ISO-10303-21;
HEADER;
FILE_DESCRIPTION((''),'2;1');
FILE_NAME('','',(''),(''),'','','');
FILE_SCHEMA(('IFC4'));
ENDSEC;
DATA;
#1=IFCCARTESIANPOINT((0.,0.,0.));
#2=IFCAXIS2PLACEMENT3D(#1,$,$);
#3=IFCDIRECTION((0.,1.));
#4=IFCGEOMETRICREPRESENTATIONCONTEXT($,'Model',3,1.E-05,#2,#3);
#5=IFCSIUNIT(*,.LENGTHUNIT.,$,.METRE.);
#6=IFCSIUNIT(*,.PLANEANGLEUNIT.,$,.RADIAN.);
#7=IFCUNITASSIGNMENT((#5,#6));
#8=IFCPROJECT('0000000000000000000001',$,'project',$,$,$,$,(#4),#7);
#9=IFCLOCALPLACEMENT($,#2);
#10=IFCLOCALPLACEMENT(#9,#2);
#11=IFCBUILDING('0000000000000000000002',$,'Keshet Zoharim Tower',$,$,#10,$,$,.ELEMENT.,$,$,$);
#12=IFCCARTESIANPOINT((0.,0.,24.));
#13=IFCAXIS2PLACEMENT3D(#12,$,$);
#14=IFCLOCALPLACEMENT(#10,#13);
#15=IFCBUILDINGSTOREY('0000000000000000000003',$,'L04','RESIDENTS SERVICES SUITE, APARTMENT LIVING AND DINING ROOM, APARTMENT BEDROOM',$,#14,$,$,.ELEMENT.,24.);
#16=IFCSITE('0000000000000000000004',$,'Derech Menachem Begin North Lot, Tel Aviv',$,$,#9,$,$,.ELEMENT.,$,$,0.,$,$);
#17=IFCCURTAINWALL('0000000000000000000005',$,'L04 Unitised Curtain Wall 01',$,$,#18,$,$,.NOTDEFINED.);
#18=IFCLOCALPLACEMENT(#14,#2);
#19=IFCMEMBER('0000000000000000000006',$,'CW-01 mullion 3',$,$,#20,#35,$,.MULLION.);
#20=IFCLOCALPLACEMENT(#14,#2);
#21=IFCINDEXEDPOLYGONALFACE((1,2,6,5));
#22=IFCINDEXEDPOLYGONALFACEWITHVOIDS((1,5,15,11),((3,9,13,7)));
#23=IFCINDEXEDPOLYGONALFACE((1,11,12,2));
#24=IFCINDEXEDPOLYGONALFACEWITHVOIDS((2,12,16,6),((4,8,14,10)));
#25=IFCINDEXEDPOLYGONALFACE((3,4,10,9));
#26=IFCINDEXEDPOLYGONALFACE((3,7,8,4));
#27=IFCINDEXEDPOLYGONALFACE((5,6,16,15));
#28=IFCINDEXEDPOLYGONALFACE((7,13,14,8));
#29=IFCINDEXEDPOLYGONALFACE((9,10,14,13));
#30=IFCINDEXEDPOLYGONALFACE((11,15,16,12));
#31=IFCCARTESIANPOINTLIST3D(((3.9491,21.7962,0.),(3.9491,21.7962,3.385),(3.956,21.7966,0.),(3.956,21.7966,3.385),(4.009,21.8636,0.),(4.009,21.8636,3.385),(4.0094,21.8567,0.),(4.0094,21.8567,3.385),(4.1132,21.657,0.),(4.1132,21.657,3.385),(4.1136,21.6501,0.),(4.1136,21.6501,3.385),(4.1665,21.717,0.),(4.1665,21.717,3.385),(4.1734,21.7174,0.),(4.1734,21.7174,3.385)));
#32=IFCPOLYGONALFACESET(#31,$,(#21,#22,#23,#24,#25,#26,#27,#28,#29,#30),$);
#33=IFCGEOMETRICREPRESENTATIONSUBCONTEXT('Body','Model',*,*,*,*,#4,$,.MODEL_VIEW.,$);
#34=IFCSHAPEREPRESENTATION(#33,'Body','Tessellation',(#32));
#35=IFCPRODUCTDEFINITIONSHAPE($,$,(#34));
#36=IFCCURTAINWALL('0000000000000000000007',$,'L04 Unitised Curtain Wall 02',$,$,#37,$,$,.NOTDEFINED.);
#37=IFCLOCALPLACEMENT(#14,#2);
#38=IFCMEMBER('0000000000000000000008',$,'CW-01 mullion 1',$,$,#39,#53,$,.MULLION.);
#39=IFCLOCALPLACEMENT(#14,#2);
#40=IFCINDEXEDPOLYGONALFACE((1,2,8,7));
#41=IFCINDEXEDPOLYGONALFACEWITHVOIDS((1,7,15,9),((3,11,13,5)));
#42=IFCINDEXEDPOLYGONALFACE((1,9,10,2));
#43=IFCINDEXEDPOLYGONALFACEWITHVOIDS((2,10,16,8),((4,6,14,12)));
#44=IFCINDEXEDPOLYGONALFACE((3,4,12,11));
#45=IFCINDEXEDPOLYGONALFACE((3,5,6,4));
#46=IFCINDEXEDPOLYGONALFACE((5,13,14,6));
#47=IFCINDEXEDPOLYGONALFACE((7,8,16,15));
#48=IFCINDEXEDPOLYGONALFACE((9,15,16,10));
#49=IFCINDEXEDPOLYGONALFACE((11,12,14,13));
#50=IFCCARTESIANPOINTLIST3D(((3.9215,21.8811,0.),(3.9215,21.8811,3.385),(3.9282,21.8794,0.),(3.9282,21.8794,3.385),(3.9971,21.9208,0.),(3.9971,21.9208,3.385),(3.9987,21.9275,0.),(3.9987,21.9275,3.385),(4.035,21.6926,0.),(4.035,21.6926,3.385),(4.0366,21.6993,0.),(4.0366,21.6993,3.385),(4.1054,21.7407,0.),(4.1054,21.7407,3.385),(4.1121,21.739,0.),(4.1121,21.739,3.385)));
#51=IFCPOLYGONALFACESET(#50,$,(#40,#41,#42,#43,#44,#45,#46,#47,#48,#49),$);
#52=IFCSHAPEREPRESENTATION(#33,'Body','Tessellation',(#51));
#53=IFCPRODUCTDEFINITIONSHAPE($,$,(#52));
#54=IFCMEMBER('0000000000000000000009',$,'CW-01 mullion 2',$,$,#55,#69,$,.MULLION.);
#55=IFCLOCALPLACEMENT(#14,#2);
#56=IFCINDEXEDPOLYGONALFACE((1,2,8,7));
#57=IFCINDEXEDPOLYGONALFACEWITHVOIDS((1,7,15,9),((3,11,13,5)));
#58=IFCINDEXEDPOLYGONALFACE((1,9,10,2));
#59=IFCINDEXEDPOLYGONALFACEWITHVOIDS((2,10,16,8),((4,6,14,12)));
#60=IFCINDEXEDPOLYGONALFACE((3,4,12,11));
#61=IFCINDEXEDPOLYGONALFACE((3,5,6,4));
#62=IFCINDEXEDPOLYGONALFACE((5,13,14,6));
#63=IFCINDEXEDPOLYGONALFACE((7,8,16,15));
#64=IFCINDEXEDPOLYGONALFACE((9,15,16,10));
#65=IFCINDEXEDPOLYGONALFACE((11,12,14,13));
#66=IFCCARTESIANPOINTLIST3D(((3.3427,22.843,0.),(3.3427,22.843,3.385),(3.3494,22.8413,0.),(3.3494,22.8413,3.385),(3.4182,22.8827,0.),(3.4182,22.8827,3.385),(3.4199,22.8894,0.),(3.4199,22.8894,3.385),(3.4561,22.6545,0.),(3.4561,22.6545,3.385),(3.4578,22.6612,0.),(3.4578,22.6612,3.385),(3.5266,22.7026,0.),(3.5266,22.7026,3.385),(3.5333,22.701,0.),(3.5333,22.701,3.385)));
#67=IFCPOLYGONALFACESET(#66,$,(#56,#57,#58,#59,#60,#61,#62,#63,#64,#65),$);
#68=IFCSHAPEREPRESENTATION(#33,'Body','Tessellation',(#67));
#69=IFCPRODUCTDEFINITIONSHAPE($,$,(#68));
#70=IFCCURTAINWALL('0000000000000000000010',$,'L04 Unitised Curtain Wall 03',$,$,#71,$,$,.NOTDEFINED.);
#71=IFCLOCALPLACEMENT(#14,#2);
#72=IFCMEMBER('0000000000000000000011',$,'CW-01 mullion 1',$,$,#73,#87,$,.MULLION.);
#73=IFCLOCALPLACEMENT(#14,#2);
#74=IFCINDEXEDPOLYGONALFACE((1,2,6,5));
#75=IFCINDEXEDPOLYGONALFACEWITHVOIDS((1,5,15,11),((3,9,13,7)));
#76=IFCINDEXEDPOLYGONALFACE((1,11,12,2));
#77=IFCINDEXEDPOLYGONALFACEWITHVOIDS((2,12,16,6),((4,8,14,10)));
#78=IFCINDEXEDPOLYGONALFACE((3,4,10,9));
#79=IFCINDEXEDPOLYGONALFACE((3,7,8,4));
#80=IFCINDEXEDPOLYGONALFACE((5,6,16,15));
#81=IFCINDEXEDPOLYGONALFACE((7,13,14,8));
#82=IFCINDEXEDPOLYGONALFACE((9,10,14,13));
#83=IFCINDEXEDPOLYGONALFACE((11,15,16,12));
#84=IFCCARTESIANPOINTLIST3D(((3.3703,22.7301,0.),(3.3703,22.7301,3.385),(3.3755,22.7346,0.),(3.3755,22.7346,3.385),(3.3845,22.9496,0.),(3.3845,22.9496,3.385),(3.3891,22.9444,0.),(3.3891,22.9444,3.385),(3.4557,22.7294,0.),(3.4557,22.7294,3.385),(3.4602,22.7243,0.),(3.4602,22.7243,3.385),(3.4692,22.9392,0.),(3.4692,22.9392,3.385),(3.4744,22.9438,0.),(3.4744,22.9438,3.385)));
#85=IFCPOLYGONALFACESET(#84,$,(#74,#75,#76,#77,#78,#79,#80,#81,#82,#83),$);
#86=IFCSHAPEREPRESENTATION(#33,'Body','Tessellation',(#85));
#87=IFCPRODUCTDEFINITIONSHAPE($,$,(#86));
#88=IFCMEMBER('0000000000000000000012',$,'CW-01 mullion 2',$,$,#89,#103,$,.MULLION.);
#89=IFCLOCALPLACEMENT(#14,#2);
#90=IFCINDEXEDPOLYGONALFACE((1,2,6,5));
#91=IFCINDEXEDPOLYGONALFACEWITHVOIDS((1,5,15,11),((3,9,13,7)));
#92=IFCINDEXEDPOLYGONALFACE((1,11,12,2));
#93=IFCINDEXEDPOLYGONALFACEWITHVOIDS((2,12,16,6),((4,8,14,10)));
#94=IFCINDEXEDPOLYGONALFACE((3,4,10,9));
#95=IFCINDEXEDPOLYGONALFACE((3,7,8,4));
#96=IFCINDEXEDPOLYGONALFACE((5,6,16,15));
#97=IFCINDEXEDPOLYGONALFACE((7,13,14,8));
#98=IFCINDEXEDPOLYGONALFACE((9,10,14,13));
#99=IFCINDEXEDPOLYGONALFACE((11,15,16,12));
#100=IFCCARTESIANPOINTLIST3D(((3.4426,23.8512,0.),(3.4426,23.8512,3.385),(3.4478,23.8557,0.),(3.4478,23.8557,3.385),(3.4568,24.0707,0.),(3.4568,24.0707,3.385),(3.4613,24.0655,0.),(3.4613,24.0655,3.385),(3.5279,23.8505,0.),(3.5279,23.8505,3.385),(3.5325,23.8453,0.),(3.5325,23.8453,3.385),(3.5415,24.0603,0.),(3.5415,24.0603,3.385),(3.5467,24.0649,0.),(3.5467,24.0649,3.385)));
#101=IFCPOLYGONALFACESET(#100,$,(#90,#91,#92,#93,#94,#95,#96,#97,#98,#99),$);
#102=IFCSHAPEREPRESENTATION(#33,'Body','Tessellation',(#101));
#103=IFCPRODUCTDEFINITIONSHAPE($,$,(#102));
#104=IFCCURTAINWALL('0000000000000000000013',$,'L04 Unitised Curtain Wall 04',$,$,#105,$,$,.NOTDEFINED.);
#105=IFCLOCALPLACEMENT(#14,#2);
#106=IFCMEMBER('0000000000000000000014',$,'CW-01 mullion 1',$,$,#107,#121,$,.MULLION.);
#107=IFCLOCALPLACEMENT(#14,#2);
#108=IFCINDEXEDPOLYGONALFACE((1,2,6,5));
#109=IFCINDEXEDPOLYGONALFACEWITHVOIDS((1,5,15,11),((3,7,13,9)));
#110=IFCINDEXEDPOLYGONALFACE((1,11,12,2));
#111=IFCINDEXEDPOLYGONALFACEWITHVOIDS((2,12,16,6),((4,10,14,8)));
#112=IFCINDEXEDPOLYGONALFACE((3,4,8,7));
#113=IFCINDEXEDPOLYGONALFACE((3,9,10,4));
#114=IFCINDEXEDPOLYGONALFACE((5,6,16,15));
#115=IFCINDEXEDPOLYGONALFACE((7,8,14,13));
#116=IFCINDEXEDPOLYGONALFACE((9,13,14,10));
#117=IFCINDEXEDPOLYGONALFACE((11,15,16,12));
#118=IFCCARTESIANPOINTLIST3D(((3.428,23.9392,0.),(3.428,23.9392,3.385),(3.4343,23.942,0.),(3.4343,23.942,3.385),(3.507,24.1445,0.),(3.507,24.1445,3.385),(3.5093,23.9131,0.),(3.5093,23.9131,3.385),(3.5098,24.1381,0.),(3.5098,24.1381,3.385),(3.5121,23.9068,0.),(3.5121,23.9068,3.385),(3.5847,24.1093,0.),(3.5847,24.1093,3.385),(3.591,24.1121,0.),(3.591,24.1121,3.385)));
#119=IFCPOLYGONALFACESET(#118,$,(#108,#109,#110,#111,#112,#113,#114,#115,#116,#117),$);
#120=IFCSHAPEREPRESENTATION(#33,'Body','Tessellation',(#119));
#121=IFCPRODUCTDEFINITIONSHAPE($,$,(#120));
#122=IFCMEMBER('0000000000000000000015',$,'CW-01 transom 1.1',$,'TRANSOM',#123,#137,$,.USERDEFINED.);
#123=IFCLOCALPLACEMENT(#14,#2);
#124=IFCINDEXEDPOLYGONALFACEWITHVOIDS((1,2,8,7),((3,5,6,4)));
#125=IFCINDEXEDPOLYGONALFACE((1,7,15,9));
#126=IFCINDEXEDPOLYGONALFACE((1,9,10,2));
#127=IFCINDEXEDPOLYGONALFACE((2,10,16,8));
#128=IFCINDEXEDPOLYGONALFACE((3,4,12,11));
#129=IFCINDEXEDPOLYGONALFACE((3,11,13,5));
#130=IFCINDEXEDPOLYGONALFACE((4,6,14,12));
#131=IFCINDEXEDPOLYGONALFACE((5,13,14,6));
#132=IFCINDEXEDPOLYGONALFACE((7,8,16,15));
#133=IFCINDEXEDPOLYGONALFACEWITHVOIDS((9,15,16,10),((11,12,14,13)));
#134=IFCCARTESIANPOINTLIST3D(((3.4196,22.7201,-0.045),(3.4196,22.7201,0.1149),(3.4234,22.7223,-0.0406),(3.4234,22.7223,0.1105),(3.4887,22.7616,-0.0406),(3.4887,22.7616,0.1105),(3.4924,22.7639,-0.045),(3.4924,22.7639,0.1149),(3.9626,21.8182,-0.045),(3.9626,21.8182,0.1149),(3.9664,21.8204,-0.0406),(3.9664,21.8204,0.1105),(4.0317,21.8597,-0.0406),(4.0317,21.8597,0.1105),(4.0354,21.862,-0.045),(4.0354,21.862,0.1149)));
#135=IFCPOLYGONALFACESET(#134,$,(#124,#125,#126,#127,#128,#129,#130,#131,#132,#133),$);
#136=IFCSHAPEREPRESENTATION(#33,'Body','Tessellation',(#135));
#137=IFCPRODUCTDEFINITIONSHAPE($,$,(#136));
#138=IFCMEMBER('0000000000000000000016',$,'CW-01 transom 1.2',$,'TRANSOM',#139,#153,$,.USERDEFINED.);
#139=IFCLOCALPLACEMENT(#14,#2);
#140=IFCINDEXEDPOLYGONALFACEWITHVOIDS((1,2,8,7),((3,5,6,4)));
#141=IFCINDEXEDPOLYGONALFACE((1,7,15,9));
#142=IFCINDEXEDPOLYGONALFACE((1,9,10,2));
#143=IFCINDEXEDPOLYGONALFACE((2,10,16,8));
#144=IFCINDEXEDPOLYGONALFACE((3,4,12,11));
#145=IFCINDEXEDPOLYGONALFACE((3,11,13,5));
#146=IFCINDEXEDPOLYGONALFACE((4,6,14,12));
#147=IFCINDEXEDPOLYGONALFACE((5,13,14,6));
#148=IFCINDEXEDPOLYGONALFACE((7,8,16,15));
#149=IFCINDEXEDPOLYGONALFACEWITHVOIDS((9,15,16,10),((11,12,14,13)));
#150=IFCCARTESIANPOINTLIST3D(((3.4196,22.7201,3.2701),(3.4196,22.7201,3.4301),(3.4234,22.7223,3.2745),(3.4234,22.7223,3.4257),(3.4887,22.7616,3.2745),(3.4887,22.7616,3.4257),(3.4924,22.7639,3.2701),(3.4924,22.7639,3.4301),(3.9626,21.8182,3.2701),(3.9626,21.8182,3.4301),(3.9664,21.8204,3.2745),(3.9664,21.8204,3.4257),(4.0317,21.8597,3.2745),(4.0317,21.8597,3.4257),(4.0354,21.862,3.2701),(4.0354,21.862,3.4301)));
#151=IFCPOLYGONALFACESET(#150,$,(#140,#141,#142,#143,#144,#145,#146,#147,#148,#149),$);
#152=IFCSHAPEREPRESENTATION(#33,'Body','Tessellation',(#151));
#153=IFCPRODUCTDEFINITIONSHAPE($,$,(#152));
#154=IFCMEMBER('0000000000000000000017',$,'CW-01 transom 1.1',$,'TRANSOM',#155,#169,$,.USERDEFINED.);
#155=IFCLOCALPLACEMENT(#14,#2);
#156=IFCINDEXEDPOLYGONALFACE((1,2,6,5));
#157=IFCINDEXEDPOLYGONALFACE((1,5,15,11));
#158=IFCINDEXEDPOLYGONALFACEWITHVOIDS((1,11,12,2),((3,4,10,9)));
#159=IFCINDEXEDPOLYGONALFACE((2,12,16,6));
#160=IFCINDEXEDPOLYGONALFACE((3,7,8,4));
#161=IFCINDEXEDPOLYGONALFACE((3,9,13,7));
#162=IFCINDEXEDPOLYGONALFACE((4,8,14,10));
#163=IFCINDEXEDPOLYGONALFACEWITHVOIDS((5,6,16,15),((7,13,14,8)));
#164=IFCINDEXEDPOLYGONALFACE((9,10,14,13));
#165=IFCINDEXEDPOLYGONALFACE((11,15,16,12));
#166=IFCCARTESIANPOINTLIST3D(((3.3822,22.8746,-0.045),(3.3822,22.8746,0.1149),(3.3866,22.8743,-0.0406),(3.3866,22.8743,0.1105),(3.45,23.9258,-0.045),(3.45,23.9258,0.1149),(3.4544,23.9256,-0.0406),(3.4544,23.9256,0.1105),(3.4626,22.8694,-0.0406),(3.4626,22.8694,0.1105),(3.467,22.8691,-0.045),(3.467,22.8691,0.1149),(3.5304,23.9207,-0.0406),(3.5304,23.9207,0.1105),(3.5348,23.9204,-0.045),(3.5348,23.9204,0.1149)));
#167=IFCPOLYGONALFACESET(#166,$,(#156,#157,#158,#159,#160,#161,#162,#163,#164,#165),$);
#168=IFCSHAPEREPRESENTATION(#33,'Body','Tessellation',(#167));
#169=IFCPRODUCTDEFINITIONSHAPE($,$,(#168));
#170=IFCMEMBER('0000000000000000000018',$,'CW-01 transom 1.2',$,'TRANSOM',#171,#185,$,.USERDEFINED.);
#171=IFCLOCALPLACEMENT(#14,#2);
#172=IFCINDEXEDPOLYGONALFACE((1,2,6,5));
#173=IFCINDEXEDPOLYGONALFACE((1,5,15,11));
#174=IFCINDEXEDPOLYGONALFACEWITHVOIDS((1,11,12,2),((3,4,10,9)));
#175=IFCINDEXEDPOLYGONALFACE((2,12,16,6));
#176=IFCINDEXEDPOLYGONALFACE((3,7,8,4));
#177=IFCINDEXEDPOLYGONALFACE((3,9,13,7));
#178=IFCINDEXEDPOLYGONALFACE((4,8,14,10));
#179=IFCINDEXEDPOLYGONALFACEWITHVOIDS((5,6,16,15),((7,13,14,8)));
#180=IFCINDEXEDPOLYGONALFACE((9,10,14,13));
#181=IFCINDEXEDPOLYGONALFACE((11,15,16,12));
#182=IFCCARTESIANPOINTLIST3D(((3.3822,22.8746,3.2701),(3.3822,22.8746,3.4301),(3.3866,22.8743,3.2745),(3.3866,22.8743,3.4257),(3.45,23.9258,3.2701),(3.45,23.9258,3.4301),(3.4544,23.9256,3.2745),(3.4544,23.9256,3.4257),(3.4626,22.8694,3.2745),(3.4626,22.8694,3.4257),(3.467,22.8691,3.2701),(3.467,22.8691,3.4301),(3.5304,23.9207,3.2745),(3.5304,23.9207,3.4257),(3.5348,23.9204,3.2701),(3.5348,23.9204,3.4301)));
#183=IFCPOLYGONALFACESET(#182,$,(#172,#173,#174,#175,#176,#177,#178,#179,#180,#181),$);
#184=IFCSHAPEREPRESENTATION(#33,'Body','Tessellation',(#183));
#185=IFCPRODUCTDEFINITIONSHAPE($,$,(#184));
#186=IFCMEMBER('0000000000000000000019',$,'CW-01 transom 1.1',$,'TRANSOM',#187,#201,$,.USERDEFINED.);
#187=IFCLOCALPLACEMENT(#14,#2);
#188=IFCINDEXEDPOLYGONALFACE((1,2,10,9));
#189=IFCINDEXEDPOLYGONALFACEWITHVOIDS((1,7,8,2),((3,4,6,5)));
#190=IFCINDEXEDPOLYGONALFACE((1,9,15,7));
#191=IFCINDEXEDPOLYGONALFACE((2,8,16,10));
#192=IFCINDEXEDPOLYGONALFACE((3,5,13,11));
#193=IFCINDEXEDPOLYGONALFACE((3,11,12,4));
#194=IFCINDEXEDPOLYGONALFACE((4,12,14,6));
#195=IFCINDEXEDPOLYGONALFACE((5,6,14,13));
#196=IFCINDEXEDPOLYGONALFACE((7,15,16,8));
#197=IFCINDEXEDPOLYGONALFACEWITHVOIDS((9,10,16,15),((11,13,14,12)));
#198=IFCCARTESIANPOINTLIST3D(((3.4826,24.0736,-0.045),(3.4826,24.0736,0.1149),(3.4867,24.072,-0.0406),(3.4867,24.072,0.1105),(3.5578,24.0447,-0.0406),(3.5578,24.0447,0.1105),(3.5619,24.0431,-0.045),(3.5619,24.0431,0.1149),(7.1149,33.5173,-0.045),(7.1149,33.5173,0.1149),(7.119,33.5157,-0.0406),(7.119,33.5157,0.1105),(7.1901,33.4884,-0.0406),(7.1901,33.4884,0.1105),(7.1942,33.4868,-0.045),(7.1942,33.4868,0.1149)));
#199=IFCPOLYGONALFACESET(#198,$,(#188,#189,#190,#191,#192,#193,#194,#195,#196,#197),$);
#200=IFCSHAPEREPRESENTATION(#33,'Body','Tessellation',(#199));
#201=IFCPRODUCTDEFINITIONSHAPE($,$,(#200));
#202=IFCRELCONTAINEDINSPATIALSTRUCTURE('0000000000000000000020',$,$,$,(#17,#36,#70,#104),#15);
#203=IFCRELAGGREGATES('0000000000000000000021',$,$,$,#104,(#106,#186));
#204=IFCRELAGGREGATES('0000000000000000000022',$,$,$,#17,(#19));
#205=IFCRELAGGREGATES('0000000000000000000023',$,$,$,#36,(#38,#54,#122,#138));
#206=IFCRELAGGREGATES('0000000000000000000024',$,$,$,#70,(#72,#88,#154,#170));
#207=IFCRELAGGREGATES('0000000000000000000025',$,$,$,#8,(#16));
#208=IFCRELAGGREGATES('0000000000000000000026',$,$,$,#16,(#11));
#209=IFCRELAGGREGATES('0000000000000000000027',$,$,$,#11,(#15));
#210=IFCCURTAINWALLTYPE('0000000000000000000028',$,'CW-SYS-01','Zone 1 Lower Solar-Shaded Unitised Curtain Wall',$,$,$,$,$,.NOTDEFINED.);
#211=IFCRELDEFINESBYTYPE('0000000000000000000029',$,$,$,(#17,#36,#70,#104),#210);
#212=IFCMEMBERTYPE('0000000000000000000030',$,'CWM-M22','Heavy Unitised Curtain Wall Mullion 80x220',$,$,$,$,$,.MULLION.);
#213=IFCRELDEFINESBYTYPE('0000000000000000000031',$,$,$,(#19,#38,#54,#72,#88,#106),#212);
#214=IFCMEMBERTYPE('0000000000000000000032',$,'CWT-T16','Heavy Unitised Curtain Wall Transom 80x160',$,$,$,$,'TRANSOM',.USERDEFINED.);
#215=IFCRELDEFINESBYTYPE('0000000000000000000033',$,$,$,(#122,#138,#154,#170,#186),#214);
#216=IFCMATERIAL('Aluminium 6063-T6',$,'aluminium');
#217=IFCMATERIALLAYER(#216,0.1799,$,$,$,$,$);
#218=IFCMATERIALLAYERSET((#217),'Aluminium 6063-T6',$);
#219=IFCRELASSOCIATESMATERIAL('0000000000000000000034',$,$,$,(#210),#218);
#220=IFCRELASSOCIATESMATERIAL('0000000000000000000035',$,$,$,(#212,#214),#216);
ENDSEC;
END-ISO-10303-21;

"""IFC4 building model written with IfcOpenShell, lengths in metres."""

from ifc_helpers import new_model, si_unit, direction, frame, origin, origin_2d, place, context, subcontext, project, spatial, hollow_rectangle, extrude, material, layer, layer_set, material_profile, profile_set, type_object, element, aggregate, save


model = new_model("IFC4")

# Units and contexts
model_context = context("Model", 3, precision=1e-05, world=origin(), true_north=direction((0.0, 1.0)))
body_context = subcontext(model_context, "Body", "Model", "MODEL_VIEW")
ifc_project = project(units=[si_unit("LENGTHUNIT", "METRE"), si_unit("PLANEANGLEUNIT", "RADIAN")], contexts=[model_context])

# Site, building, storey
site_placement = place(None, origin())
site = spatial("IfcSite", under=ifc_project, at=site_placement, Name="Derech Menachem Begin North Lot, Tel Aviv", CompositionType="ELEMENT", RefElevation=0.0)
building_placement = place(site_placement, origin())
building = spatial("IfcBuilding", under=site, at=building_placement, Name="Keshet Zoharim Tower", CompositionType="ELEMENT")
storey_placement = place(building_placement, frame((0.0, 0.0, 24.0)))
storey = spatial("IfcBuildingStorey", under=building, at=storey_placement, Name="L04", Description="RESIDENTS SERVICES SUITE, APARTMENT LIVING AND DINING ROOM, APARTMENT BEDROOM", CompositionType="ELEMENT", Elevation=24.0)

# Curtain wall, member
ifc_material_1 = material(Name="Aluminium 6063-T6", Category="aluminium")
ifc_layer_1 = layer(ifc_material_1, 0.1799)
ifc_layer_set_1 = layer_set([ifc_layer_1], Name="Aluminium 6063-T6")
curtain_wall_type = type_object("IfcCurtainWallType", Name="CW-SYS-01", Description="Zone 1 Lower Solar-Shaded Unitised Curtain Wall", PredefinedType="NOTDEFINED", material=ifc_layer_set_1)
curtain_wall_1_placement = place(storey_placement, origin())
curtain_wall_1 = element("IfcCurtainWall", 1, at=curtain_wall_1_placement, inside=storey, type_object=curtain_wall_type, Name="L04 Unitised Curtain Wall 01", PredefinedType="NOTDEFINED")
ifc_material_profile_1 = material_profile(ifc_material_1, hollow_rectangle(XDim=0.0901, YDim=0.22, WallThickness=0.0049, at=origin_2d()), Name="MUL-90x220")
ifc_profile_set_1 = profile_set([ifc_material_profile_1], Name="Aluminium 6063-T6")
member_type_1 = type_object("IfcMemberType", Name="CWM-M22", Description="Heavy Unitised Curtain Wall Mullion 80x220", PredefinedType="MULLION", material=ifc_profile_set_1)
member_1_placement = place(storey_placement, frame((4.0613, 21.7568, 0.0), z_axis=(0.0, 0.0, 1.0), x_axis=(-0.664364, -0.747409, 0.0)))
member_1 = element("IfcMember", 2, at=member_1_placement, type_object=member_type_1, Name="CW-01 mullion 3", PredefinedType="MULLION", context=body_context, shape_type="SweptSolid", body=[
    extrude(hollow_rectangle(XDim=0.0901, YDim=0.22, WallThickness=0.0049, at=origin_2d()), origin(), (0.0, 0.0, 1.0), 3.385),
])

# Curtain walls, members
curtain_wall_2_placement = place(storey_placement, origin())
curtain_wall_2 = element("IfcCurtainWall", 3, at=curtain_wall_2_placement, inside=storey, type_object=curtain_wall_type, Name="L04 Unitised Curtain Wall 02", PredefinedType="NOTDEFINED")
member_2_placement = place(storey_placement, frame((4.0168, 21.8101, 0.0), z_axis=(0.0, 0.0, 1.0), x_axis=(-0.856826, -0.515605, 0.0)))
member_2 = element("IfcMember", 4, at=member_2_placement, type_object=member_type_1, Name="CW-01 mullion 1", PredefinedType="MULLION", context=body_context, shape_type="SweptSolid", body=[
    extrude(hollow_rectangle(XDim=0.0901, YDim=0.22, WallThickness=0.0049, at=origin_2d()), origin(), (0.0, 0.0, 1.0), 3.385),
])
member_3_placement = place(storey_placement, frame((3.438, 22.772, 0.0), z_axis=(0.0, 0.0, 1.0), x_axis=(-0.856826, -0.515605, 0.0)))
member_3 = element("IfcMember", 5, at=member_3_placement, type_object=member_type_1, Name="CW-01 mullion 2", PredefinedType="MULLION", context=body_context, shape_type="SweptSolid", body=[
    extrude(hollow_rectangle(XDim=0.0901, YDim=0.22, WallThickness=0.0049, at=origin_2d()), origin(), (0.0, 0.0, 1.0), 3.385),
])
curtain_wall_3_placement = place(storey_placement, origin())
curtain_wall_3 = element("IfcCurtainWall", 6, at=curtain_wall_3_placement, inside=storey, type_object=curtain_wall_type, Name="L04 Unitised Curtain Wall 03", PredefinedType="NOTDEFINED")
member_4_placement = place(storey_placement, frame((3.4224, 22.8369, 0.0), z_axis=(0.0, 0.0, 1.0), x_axis=(-0.997917, 0.064517, 0.0)))
member_4 = element("IfcMember", 7, at=member_4_placement, type_object=member_type_1, Name="CW-01 mullion 1", PredefinedType="MULLION", context=body_context, shape_type="SweptSolid", body=[
    extrude(hollow_rectangle(XDim=0.0901, YDim=0.22, WallThickness=0.0049, at=origin_2d()), origin(), (0.0, 0.0, 1.0), 3.385),
])
member_5_placement = place(storey_placement, frame((3.4946, 23.958, 0.0), z_axis=(0.0, 0.0, 1.0), x_axis=(-0.997917, 0.064517, 0.0)))
member_5 = element("IfcMember", 8, at=member_5_placement, type_object=member_type_1, Name="CW-01 mullion 2", PredefinedType="MULLION", context=body_context, shape_type="SweptSolid", body=[
    extrude(hollow_rectangle(XDim=0.0901, YDim=0.22, WallThickness=0.0049, at=origin_2d()), origin(), (0.0, 0.0, 1.0), 3.385),
])

# Curtain wall, member
curtain_wall_4_placement = place(storey_placement, origin())
curtain_wall_4 = element("IfcCurtainWall", 9, at=curtain_wall_4_placement, inside=storey, type_object=curtain_wall_type, Name="L04 Unitised Curtain Wall 04", PredefinedType="NOTDEFINED")
member_6_placement = place(storey_placement, frame((3.5095, 24.0256, 0.0), z_axis=(0.0, 0.0, 1.0), x_axis=(-0.933341, 0.35899, 0.0)))
member_6 = element("IfcMember", 10, at=member_6_placement, type_object=member_type_1, Name="CW-01 mullion 1", PredefinedType="MULLION", context=body_context, shape_type="SweptSolid", body=[
    extrude(hollow_rectangle(XDim=0.0901, YDim=0.22, WallThickness=0.0049, at=origin_2d()), origin(), (0.0, 0.0, 1.0), 3.385),
])

# Members
ifc_material_profile_2 = material_profile(ifc_material_1, hollow_rectangle(XDim=0.085, YDim=0.1599, WallThickness=0.0044, at=origin_2d()), Name="TRN-85x160")
ifc_profile_set_2 = profile_set([ifc_material_profile_2], Name="Aluminium 6063-T6")
member_type_2 = type_object("IfcMemberType", Name="CWT-T16", Description="Heavy Unitised Curtain Wall Transom 80x160", ElementType="TRANSOM", PredefinedType="USERDEFINED", material=ifc_profile_set_2)
member_7_placement = place(storey_placement, frame((3.999, 21.8401, 0.0349), z_axis=(-0.515791, 0.856714, 0.0), x_axis=(-0.856714, -0.515791, 0.0)))
member_7 = element("IfcMember", 11, at=member_7_placement, type_object=member_type_2, Name="CW-01 transom 1.1", ObjectType="TRANSOM", PredefinedType="USERDEFINED", context=body_context, shape_type="SweptSolid", body=[
    extrude(hollow_rectangle(XDim=0.085, YDim=0.1599, WallThickness=0.0044, at=origin_2d()), origin(), (0.0, 0.0, 1.0), 1.0527),
])
member_8_placement = place(storey_placement, frame((3.999, 21.8401, 3.3501), z_axis=(-0.515791, 0.856714, 0.0), x_axis=(-0.856714, -0.515791, 0.0)))
member_8 = element("IfcMember", 12, at=member_8_placement, type_object=member_type_2, Name="CW-01 transom 1.2", ObjectType="TRANSOM", PredefinedType="USERDEFINED", context=body_context, shape_type="SweptSolid", body=[
    extrude(hollow_rectangle(XDim=0.085, YDim=0.1599, WallThickness=0.0044, at=origin_2d()), origin(), (0.0, 0.0, 1.0), 1.0527),
])
member_9_placement = place(storey_placement, frame((3.4246, 22.8718, 0.0349), z_axis=(0.064427, 0.997922, 0.0), x_axis=(-0.997922, 0.064427, 0.0)))
member_9 = element("IfcMember", 13, at=member_9_placement, type_object=member_type_2, Name="CW-01 transom 1.1", ObjectType="TRANSOM", PredefinedType="USERDEFINED", context=body_context, shape_type="SweptSolid", body=[
    extrude(hollow_rectangle(XDim=0.085, YDim=0.1599, WallThickness=0.0044, at=origin_2d()), origin(), (0.0, 0.0, 1.0), 1.0535),
])
member_10_placement = place(storey_placement, frame((3.4246, 22.8718, 3.3501), z_axis=(0.064427, 0.997922, 0.0), x_axis=(-0.997922, 0.064427, 0.0)))
member_10 = element("IfcMember", 14, at=member_10_placement, type_object=member_type_2, Name="CW-01 transom 1.2", ObjectType="TRANSOM", PredefinedType="USERDEFINED", context=body_context, shape_type="SweptSolid", body=[
    extrude(hollow_rectangle(XDim=0.085, YDim=0.1599, WallThickness=0.0044, at=origin_2d()), origin(), (0.0, 0.0, 1.0), 1.0535),
])
member_11_placement = place(storey_placement, frame((3.5222, 24.0583, 0.0349), z_axis=(0.358994, 0.93334, 0.0), x_axis=(-0.93334, 0.358994, 0.0)))
member_11 = element("IfcMember", 15, at=member_11_placement, type_object=member_type_2, Name="CW-01 transom 1.1", ObjectType="TRANSOM", PredefinedType="USERDEFINED", context=body_context, shape_type="SweptSolid", body=[
    extrude(hollow_rectangle(XDim=0.085, YDim=0.1599, WallThickness=0.0044, at=origin_2d()), origin(), (0.0, 0.0, 1.0), 10.1182),
])
aggregate(curtain_wall_4, [member_6, member_11])

aggregate(curtain_wall_1, [member_1])
aggregate(curtain_wall_2, [member_2, member_3, member_7, member_8])
aggregate(curtain_wall_3, [member_4, member_5, member_9, member_10])

save(model, "model.ifc")
